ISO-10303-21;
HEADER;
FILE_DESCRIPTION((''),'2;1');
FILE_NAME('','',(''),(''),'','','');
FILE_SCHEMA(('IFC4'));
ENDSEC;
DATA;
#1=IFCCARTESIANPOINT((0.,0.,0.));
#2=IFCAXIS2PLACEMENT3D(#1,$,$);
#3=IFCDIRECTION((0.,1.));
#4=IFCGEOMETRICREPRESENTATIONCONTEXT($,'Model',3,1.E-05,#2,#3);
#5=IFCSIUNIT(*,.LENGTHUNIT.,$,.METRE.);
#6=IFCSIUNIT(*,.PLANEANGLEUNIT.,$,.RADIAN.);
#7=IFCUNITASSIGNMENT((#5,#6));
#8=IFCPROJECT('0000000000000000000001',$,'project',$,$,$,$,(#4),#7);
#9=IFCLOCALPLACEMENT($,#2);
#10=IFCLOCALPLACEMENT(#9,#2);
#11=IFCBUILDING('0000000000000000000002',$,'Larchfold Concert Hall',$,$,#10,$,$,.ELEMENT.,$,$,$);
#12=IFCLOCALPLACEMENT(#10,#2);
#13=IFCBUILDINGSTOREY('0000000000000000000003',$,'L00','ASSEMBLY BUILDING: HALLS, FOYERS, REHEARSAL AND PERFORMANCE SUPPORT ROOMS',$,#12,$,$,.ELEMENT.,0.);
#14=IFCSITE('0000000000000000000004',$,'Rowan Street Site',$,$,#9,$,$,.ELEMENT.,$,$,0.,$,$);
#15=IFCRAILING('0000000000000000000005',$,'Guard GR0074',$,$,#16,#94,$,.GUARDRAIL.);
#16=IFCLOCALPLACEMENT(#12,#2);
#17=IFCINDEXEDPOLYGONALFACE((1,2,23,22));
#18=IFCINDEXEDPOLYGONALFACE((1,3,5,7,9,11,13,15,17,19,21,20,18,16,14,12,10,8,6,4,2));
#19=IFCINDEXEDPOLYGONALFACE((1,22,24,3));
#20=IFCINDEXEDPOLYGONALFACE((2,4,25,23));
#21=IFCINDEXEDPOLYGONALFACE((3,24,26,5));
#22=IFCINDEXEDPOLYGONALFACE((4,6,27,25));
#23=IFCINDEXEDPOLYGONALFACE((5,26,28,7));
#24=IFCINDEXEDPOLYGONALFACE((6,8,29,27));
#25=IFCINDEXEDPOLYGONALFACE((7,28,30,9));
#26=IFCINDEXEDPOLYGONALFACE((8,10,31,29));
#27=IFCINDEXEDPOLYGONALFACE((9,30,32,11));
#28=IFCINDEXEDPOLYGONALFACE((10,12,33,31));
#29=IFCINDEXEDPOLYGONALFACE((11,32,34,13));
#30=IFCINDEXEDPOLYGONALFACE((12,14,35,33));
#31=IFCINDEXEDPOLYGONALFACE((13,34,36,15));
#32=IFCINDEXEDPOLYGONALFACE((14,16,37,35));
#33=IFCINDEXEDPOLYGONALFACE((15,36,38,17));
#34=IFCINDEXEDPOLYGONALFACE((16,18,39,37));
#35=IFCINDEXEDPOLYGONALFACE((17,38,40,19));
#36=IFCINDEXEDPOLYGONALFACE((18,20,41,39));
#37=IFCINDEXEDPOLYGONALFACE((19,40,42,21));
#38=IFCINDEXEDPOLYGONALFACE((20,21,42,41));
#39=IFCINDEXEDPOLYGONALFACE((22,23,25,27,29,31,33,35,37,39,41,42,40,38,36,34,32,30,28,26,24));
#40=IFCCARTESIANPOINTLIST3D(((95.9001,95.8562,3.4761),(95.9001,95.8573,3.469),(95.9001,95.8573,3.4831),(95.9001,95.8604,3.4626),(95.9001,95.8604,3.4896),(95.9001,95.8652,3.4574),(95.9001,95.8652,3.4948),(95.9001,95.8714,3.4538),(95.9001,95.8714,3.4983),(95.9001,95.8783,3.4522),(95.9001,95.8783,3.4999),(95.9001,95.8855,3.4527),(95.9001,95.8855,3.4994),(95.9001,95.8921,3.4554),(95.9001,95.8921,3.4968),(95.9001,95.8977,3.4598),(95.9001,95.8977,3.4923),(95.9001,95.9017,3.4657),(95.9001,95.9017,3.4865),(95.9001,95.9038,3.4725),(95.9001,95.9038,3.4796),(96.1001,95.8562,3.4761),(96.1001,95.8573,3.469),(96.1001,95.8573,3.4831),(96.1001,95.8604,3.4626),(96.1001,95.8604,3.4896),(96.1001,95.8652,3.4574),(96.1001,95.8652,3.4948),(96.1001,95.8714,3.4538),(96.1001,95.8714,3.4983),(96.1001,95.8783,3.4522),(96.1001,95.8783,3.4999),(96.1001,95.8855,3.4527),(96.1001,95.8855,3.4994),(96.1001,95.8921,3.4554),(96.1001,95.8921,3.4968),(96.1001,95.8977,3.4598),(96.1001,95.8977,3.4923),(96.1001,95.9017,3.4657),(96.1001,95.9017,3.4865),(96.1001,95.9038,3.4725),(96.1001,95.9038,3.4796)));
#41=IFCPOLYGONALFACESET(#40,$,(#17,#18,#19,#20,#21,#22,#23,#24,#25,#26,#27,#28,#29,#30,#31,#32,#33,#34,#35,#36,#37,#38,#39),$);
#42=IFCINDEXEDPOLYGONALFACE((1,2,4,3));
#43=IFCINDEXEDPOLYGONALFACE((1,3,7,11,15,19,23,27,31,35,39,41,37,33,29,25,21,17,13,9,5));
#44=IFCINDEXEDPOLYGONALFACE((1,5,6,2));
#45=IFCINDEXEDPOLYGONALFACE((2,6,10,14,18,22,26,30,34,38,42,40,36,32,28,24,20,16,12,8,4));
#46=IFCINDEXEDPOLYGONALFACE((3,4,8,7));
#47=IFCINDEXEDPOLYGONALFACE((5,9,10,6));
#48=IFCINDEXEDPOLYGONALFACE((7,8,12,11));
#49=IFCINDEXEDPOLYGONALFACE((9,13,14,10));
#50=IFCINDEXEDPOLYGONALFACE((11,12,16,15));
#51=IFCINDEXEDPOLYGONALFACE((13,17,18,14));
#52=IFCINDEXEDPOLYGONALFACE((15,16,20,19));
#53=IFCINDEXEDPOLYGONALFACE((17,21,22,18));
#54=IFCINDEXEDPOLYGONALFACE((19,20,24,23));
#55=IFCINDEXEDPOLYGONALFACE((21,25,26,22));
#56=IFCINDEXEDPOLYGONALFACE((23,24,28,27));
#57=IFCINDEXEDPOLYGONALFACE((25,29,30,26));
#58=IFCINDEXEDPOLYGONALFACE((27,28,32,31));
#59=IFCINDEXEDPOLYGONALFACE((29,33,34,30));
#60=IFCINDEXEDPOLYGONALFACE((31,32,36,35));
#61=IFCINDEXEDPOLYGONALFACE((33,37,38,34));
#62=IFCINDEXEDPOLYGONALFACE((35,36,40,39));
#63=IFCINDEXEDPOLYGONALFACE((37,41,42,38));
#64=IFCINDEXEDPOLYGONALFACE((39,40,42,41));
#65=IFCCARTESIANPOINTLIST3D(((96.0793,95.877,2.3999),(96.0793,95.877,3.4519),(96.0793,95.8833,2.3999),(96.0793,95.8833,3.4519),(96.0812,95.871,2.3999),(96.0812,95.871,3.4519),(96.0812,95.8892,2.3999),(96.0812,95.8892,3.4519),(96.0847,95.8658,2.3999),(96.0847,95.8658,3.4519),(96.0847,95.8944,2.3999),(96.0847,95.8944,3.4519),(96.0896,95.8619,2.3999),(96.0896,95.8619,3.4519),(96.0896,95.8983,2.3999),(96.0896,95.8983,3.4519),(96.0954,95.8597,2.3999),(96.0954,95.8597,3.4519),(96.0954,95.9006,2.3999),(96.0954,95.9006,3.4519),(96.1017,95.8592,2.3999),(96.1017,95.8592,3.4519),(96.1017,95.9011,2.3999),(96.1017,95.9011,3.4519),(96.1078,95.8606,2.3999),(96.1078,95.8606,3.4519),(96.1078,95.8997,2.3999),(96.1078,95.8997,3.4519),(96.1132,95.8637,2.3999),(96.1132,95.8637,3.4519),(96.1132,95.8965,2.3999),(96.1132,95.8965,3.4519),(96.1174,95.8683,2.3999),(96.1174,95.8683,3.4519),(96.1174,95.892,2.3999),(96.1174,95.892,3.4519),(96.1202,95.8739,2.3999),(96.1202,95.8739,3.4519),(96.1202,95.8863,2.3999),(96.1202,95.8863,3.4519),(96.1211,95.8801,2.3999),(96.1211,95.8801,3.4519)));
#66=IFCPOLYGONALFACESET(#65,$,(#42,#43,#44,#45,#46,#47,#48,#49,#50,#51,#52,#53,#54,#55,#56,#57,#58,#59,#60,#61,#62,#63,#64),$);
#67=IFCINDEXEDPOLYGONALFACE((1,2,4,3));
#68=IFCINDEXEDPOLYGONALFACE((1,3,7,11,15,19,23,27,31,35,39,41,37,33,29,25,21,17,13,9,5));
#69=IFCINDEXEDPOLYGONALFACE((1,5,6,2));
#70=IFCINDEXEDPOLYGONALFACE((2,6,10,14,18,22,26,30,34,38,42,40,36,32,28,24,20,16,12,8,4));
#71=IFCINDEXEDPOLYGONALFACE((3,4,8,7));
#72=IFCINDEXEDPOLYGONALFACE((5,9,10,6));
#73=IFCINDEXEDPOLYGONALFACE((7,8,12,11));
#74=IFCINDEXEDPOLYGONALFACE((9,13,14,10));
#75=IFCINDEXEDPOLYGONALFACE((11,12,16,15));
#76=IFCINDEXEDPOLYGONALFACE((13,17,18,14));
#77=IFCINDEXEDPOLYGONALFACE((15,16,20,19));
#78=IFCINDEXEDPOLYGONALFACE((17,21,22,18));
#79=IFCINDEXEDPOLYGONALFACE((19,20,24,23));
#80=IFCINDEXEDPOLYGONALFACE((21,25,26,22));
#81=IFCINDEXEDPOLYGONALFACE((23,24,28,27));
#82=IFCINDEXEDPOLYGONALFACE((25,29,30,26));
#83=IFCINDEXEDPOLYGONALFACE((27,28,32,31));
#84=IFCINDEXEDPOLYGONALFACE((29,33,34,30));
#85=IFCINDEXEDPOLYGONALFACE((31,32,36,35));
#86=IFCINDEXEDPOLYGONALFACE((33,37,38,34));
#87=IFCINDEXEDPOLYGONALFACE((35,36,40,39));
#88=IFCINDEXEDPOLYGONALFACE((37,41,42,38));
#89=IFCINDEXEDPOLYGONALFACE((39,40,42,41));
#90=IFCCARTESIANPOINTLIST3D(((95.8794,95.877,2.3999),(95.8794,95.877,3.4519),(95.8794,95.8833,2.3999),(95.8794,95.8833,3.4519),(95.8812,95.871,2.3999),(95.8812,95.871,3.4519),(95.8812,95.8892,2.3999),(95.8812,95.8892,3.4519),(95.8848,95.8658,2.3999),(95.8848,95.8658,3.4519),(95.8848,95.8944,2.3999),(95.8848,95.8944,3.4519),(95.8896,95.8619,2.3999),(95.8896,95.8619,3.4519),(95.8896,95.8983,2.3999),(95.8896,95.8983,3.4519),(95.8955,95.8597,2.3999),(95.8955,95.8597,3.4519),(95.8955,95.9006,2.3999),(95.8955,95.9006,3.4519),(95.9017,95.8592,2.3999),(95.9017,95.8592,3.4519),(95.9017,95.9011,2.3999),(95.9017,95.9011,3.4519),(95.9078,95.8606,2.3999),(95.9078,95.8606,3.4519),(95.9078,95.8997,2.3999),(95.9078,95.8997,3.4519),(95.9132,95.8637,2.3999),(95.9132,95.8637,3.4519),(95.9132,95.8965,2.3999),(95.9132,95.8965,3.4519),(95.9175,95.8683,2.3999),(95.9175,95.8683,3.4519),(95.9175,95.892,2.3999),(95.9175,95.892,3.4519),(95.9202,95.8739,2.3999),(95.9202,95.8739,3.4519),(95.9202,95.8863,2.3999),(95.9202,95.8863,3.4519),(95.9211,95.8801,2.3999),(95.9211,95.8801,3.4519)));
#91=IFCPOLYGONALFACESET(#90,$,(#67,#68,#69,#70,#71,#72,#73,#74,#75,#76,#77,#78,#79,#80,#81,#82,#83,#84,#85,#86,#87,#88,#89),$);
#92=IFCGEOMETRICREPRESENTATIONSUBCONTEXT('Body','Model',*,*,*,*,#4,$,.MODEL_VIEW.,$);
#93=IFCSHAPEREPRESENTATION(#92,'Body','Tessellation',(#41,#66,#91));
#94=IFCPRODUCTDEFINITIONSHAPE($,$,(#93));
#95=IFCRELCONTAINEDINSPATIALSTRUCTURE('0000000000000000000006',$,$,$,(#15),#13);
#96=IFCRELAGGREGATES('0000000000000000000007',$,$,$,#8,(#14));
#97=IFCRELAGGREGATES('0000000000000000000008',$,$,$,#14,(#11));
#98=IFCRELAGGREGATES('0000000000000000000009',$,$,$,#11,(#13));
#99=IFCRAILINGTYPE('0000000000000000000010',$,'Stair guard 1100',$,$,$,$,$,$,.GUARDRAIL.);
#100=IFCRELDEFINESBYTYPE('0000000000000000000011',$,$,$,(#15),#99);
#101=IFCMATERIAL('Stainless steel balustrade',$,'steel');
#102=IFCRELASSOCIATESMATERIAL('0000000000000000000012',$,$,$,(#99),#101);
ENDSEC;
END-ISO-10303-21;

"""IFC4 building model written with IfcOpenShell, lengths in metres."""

from ifc_helpers import new_model, si_unit, direction, frame, origin, origin_2d, place, context, subcontext, project, spatial, circle, extrude, material, type_object, element, save


model = new_model("IFC4")

# Units and contexts
model_context = context("Model", 3, precision=1e-05, world=origin(), true_north=direction((0.0, 1.0)))
body_context = subcontext(model_context, "Body", "Model", "MODEL_VIEW")
ifc_project = project(units=[si_unit("LENGTHUNIT", "METRE"), si_unit("PLANEANGLEUNIT", "RADIAN")], contexts=[model_context])

# Site, building, storey
site_placement = place(None, origin())
site = spatial("IfcSite", under=ifc_project, at=site_placement, Name="Rowan Street Site", CompositionType="ELEMENT", RefElevation=0.0)
building_placement = place(site_placement, origin())
building = spatial("IfcBuilding", under=site, at=building_placement, Name="Larchfold Concert Hall", CompositionType="ELEMENT")
storey_placement = place(building_placement, origin())
storey = spatial("IfcBuildingStorey", under=building, at=storey_placement, Name="L00", Description="ASSEMBLY BUILDING: HALLS, FOYERS, REHEARSAL AND PERFORMANCE SUPPORT ROOMS", CompositionType="ELEMENT", Elevation=0.0)

# Railing
ifc_material_1 = material(Name="Stainless steel balustrade", Category="steel")
railing_type_1 = type_object("IfcRailingType", Name="Stair guard 1100", PredefinedType="GUARDRAIL", material=ifc_material_1)
railing_1_placement = place(storey_placement, frame((96.1001, 95.8801, 2.3999)))
element("IfcRailing", 1, at=railing_1_placement, inside=storey, type_object=railing_type_1, Name="Guard GR0074", PredefinedType="GUARDRAIL", context=body_context, shape_type="SweptSolid", body=[
    extrude(circle(Radius=0.0239, at=origin_2d()), frame((0.0, 0.0, 1.0762), z_axis=(-1.0, 0.0, 0.0), x_axis=(0.0, -1.0, 0.0)), (0.0, 0.0, 1.0), 0.2),
    extrude(circle(Radius=0.021, at=origin_2d()), origin(), (0.0, 0.0, 1.0), 1.052),
    extrude(circle(Radius=0.021, at=origin_2d()), frame((-0.2, 0.0, 0.0)), (0.0, 0.0, 1.0), 1.052),
])

save(model, "model.ifc")
